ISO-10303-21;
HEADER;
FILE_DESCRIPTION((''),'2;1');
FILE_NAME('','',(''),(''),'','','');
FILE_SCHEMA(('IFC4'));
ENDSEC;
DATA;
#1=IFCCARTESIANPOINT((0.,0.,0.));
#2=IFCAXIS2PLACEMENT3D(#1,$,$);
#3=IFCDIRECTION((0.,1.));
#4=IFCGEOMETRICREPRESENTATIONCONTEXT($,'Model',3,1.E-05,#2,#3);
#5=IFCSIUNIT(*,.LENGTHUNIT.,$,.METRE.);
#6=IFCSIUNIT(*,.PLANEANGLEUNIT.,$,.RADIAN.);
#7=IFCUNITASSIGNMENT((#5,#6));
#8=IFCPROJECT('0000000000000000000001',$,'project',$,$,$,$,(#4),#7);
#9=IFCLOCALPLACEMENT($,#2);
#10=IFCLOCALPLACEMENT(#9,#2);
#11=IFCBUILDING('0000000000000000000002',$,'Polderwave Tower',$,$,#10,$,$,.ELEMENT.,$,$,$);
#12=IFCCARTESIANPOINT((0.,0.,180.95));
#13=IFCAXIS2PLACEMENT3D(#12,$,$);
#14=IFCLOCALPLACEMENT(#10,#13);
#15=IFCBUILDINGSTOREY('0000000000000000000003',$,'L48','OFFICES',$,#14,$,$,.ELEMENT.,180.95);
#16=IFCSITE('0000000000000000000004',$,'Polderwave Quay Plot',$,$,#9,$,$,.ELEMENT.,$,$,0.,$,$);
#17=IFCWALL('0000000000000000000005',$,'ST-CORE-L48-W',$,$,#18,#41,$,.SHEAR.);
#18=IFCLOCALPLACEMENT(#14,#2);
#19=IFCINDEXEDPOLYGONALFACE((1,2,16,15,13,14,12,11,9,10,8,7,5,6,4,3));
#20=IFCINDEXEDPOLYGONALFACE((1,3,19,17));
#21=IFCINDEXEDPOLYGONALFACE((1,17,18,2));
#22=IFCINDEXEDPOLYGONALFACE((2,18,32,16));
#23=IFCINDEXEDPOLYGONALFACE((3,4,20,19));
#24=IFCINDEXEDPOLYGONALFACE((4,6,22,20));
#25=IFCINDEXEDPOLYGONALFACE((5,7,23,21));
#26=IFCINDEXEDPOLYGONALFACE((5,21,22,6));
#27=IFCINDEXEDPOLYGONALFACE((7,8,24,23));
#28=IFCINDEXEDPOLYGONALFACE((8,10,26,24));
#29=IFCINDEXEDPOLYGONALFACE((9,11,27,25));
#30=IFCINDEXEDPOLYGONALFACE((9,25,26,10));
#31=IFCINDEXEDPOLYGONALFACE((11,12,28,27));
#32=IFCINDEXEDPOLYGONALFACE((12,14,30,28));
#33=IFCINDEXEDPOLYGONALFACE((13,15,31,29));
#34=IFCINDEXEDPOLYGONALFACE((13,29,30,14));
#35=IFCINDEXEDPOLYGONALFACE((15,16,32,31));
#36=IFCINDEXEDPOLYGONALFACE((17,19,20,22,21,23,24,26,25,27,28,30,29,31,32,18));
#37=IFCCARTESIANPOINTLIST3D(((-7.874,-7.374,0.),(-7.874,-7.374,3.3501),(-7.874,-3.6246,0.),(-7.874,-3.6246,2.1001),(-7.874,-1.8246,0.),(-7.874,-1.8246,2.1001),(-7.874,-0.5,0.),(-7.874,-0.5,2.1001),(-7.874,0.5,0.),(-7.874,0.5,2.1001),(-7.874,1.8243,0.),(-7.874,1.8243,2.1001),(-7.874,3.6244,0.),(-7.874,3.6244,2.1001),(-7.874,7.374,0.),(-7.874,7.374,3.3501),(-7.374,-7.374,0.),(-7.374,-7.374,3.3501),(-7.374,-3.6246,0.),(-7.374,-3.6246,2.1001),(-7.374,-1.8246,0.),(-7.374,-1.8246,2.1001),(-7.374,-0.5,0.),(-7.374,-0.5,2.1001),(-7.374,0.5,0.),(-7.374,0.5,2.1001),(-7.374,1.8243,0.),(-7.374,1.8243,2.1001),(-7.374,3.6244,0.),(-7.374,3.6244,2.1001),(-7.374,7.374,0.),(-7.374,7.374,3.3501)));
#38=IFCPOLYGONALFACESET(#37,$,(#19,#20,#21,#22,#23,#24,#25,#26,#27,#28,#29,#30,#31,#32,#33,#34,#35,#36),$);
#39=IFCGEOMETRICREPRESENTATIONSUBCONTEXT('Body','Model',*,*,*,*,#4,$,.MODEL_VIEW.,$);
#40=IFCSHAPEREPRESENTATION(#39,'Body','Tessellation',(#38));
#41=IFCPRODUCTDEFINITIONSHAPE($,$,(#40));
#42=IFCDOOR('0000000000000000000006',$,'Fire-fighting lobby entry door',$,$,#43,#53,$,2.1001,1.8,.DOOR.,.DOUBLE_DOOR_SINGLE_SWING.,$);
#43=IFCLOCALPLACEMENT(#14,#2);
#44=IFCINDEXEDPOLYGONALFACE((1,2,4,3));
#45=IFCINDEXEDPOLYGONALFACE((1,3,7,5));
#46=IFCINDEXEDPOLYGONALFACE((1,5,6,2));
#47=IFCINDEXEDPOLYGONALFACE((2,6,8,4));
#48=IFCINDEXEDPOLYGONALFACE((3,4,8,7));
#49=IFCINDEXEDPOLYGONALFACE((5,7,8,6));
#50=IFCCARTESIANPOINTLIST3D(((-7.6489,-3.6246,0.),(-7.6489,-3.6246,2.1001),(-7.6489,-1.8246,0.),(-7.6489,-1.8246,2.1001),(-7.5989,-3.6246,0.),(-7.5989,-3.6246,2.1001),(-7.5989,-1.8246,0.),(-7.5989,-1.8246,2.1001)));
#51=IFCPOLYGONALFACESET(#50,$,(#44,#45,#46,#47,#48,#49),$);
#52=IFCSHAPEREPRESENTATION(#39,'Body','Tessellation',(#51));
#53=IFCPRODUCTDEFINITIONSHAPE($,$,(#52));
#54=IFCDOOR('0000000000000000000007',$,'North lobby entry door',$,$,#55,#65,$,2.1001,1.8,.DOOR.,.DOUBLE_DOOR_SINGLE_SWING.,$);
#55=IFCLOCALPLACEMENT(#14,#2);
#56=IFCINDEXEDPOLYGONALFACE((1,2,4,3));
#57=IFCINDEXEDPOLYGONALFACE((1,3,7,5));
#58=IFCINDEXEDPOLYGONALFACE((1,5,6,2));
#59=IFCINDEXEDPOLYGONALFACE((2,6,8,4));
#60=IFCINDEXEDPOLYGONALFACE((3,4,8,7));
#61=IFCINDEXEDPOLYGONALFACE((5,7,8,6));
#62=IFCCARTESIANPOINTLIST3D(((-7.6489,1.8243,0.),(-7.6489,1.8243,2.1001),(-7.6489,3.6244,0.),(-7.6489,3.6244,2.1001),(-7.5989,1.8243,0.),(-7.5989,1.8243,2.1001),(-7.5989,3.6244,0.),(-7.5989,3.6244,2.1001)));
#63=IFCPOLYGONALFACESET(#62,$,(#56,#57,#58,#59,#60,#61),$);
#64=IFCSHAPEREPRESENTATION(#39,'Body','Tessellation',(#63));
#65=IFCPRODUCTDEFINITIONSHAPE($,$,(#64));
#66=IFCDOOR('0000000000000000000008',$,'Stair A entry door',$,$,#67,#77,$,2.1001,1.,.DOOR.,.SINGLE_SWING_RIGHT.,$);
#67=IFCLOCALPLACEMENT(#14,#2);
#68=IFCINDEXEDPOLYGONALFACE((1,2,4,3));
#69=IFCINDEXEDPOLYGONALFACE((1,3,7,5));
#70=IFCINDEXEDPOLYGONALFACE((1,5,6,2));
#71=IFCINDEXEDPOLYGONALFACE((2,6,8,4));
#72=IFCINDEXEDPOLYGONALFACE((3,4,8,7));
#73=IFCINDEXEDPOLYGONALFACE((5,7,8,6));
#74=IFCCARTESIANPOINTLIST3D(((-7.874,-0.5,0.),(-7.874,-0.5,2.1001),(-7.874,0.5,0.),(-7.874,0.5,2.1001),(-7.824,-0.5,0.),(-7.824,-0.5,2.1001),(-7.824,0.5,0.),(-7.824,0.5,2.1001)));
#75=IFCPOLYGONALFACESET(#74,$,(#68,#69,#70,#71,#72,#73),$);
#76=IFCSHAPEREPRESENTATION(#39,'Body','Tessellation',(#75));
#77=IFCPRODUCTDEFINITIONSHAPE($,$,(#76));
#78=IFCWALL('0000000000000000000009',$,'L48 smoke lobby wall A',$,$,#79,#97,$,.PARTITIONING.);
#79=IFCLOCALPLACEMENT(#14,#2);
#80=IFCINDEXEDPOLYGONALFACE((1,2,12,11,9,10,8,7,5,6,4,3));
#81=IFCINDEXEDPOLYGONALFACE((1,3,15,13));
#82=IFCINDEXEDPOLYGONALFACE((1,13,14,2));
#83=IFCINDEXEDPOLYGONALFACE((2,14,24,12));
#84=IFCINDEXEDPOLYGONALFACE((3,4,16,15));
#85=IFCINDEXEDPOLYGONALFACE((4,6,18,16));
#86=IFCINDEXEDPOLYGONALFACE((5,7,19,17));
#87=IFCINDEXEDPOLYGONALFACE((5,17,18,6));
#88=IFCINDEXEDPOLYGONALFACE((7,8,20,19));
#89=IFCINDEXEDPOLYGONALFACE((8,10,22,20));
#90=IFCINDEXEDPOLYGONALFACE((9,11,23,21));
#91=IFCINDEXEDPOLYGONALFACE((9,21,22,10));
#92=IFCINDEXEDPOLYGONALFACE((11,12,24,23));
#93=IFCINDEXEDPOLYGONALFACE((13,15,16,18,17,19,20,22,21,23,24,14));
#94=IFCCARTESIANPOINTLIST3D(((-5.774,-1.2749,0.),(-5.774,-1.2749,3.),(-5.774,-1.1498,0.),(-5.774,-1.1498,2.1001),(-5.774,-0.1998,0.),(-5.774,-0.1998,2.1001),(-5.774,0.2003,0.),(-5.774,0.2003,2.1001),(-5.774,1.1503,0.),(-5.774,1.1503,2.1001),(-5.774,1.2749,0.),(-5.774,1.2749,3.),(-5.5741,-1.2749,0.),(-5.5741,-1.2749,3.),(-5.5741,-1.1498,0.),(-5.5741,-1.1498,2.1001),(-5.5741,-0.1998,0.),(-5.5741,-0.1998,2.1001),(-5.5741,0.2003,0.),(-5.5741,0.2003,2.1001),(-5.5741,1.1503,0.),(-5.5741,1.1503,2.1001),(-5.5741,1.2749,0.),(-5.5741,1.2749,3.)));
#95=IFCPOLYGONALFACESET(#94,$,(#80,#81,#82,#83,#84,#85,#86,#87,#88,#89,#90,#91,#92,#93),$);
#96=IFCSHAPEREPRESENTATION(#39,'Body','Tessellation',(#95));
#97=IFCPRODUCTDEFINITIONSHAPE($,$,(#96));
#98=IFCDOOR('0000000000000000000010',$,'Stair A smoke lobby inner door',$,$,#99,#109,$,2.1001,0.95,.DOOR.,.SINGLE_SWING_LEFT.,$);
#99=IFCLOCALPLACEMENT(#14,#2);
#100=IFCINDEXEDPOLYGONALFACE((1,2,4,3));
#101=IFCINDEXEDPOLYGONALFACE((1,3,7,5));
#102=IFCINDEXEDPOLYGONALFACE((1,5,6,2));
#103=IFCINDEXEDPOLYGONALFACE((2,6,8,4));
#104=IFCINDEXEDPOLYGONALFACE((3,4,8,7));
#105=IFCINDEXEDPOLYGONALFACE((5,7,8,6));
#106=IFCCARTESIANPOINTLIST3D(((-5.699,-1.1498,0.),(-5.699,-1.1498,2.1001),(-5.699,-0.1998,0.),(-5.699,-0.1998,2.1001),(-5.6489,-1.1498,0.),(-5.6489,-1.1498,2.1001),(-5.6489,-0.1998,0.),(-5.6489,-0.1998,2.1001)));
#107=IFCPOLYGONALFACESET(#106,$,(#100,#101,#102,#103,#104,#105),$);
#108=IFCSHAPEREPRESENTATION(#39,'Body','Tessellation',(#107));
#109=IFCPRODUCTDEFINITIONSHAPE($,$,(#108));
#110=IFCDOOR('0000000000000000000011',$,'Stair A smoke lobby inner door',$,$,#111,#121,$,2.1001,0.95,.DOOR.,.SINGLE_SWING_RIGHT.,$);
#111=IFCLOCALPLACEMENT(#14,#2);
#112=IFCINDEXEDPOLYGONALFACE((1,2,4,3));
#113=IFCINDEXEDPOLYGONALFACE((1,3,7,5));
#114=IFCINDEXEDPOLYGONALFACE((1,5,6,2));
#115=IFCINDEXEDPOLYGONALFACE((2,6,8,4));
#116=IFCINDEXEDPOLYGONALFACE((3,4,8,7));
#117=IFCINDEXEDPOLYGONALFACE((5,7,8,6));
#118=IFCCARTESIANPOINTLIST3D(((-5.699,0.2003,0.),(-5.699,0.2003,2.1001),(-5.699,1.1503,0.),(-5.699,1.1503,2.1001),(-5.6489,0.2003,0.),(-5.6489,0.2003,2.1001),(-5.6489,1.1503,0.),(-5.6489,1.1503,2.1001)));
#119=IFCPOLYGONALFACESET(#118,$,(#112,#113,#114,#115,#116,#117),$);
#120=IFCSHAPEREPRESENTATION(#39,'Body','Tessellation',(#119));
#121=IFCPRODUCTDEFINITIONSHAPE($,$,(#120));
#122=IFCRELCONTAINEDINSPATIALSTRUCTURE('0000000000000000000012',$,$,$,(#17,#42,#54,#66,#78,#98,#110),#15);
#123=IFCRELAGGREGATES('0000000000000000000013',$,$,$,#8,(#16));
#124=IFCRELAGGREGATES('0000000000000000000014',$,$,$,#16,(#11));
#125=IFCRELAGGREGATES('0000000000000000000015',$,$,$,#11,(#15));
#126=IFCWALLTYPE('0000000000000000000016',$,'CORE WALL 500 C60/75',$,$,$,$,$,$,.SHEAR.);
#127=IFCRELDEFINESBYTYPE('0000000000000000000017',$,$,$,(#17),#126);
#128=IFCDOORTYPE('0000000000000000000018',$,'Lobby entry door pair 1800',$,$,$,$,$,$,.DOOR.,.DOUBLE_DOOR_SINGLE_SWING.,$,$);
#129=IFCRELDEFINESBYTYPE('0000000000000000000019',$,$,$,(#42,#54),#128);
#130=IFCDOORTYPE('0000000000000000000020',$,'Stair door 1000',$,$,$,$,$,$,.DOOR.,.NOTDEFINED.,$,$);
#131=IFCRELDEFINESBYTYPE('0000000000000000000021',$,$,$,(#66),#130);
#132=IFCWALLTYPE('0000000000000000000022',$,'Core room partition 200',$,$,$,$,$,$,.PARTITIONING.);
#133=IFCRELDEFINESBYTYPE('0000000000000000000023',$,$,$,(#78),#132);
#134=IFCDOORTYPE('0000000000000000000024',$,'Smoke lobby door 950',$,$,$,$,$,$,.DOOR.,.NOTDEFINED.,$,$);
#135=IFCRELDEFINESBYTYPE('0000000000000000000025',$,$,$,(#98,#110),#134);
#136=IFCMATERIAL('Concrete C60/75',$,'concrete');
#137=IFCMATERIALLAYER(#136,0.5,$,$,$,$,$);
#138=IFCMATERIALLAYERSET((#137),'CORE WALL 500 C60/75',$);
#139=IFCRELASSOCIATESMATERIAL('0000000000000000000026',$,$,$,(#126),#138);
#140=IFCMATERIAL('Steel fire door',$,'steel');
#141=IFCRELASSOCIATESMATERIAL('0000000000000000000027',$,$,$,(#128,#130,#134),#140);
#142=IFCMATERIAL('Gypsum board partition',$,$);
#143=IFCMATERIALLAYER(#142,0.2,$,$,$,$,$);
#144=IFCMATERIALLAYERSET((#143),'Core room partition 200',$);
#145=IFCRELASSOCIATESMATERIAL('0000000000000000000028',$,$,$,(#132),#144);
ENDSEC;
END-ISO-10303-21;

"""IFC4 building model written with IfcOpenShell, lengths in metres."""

from ifc_helpers import new_model, si_unit, direction, frame, frame_2d, origin, place, context, subcontext, project, spatial, rectangle, extrude, material, layer, layer_set, type_object, element, fill, save


model = new_model("IFC4")

# Units and contexts
model_context = context("Model", 3, precision=1e-05, world=origin(), true_north=direction((0.0, 1.0)))
body_context = subcontext(model_context, "Body", "Model", "MODEL_VIEW")
ifc_project = project(units=[si_unit("LENGTHUNIT", "METRE"), si_unit("PLANEANGLEUNIT", "RADIAN")], contexts=[model_context])

# Site, building, storey
site_placement = place(None, origin())
site = spatial("IfcSite", under=ifc_project, at=site_placement, Name="Polderwave Quay Plot", CompositionType="ELEMENT", RefElevation=0.0)
building_placement = place(site_placement, origin())
building = spatial("IfcBuilding", under=site, at=building_placement, Name="Polderwave Tower", CompositionType="ELEMENT")
storey_placement = place(building_placement, frame((0.0, 0.0, 180.95)))
storey = spatial("IfcBuildingStorey", under=building, at=storey_placement, Name="L48", Description="OFFICES", CompositionType="ELEMENT", Elevation=180.95)

# Walls, openings, doors
ifc_material_1 = material(Name="Concrete C60/75", Category="concrete")
ifc_layer_1 = layer(ifc_material_1, 0.5)
ifc_layer_set_1 = layer_set([ifc_layer_1], Name="CORE WALL 500 C60/75")
wall_type_1 = type_object("IfcWallType", Name="CORE WALL 500 C60/75", PredefinedType="SHEAR", material=ifc_layer_set_1)
wall_1_placement = place(storey_placement, frame((-7.624, -7.374, 0.0), z_axis=(0.0, 0.0, 1.0), x_axis=(0.0, 1.0, 0.0)))
wall_1 = element("IfcWall", 1, at=wall_1_placement, inside=storey, type_object=wall_type_1, Name="ST-CORE-L48-W", PredefinedType="SHEAR", context=body_context, shape_type="SweptSolid", body=[
    extrude(rectangle(XDim=14.748, YDim=0.5, at=frame_2d((7.374, 0.0))), origin(), (0.0, 0.0, 1.0), 3.3501),
])
opening_1_placement = place(wall_1_placement, frame((6.874, 0.0, 0.0)))
opening_1 = element("IfcOpeningElement", 2, at=opening_1_placement, cuts=wall_1, PredefinedType="OPENING", context=body_context, shape_type="SweptSolid", body=[
    extrude(rectangle(XDim=1.0, YDim=2.1001, at=frame_2d((0.5, 1.05))), frame((0.0, 0.26, 0.0), z_axis=(0.0, -1.0, 0.0), x_axis=(1.0, 0.0, 0.0)), (0.0, 0.0, 1.0), 0.52),
])
opening_2_placement = place(wall_1_placement, frame((3.7495, 0.0, 0.0)))
opening_2 = element("IfcOpeningElement", 3, at=opening_2_placement, cuts=wall_1, PredefinedType="OPENING", context=body_context, shape_type="SweptSolid", body=[
    extrude(rectangle(XDim=1.8, YDim=2.1001, at=frame_2d((0.8999, 1.05))), frame((0.0, 0.26, 0.0), z_axis=(0.0, -1.0, 0.0), x_axis=(1.0, 0.0, 0.0)), (0.0, 0.0, 1.0), 0.52),
])
opening_3_placement = place(wall_1_placement, frame((9.1985, 0.0, 0.0)))
opening_3 = element("IfcOpeningElement", 4, at=opening_3_placement, cuts=wall_1, PredefinedType="OPENING", context=body_context, shape_type="SweptSolid", body=[
    extrude(rectangle(XDim=1.8, YDim=2.1001, at=frame_2d((0.8999, 1.05))), frame((0.0, 0.26, 0.0), z_axis=(0.0, -1.0, 0.0), x_axis=(1.0, 0.0, 0.0)), (0.0, 0.0, 1.0), 0.52),
])
ifc_material_2 = material(Name="Steel fire door", Category="steel")
door_type_1 = type_object("IfcDoorType", Name="Lobby entry door pair 1800", OperationType="DOUBLE_DOOR_SINGLE_SWING", PredefinedType="DOOR", material=ifc_material_2)
door_1_placement = place(opening_2_placement, origin())
door_1 = element("IfcDoor", 5, at=door_1_placement, inside=storey, type_object=door_type_1, Name="Fire-fighting lobby entry door", OperationType="DOUBLE_DOOR_SINGLE_SWING", OverallHeight=2.1001, OverallWidth=1.8, PredefinedType="DOOR", context=body_context, shape_type="SweptSolid", body=[
    extrude(rectangle(XDim=1.8, YDim=2.1001, at=frame_2d((0.8999, 1.05))), frame((0.0, 0.0249, 0.0), z_axis=(0.0, -1.0, 0.0), x_axis=(1.0, 0.0, 0.0)), (0.0, 0.0, 1.0), 0.05),
])
fill(opening_2, door_1)
door_2_placement = place(opening_3_placement, origin())
door_2 = element("IfcDoor", 6, at=door_2_placement, inside=storey, type_object=door_type_1, Name="North lobby entry door", OperationType="DOUBLE_DOOR_SINGLE_SWING", OverallHeight=2.1001, OverallWidth=1.8, PredefinedType="DOOR", context=body_context, shape_type="SweptSolid", body=[
    extrude(rectangle(XDim=1.8, YDim=2.1001, at=frame_2d((0.8999, 1.05))), frame((0.0, 0.0249, 0.0), z_axis=(0.0, -1.0, 0.0), x_axis=(1.0, 0.0, 0.0)), (0.0, 0.0, 1.0), 0.05),
])
fill(opening_3, door_2)
door_type_2 = type_object("IfcDoorType", Name="Stair door 1000", OperationType="NOTDEFINED", PredefinedType="DOOR", material=ifc_material_2)
door_3_placement = place(opening_1_placement, origin())
door_3 = element("IfcDoor", 7, at=door_3_placement, inside=storey, type_object=door_type_2, Name="Stair A entry door", OperationType="SINGLE_SWING_RIGHT", OverallHeight=2.1001, OverallWidth=1.0, PredefinedType="DOOR", context=body_context, shape_type="SweptSolid", body=[
    extrude(rectangle(XDim=1.0, YDim=2.1001, at=frame_2d((0.5, 1.05))), frame((0.0, 0.25, 0.0), z_axis=(0.0, -1.0, 0.0), x_axis=(1.0, 0.0, 0.0)), (0.0, 0.0, 1.0), 0.05),
])
fill(opening_1, door_3)
ifc_material_3 = material(Name="Gypsum board partition")
ifc_layer_2 = layer(ifc_material_3, 0.2)
ifc_layer_set_2 = layer_set([ifc_layer_2], Name="Core room partition 200")
wall_type_2 = type_object("IfcWallType", Name="Core room partition 200", PredefinedType="PARTITIONING", material=ifc_layer_set_2)
wall_2_placement = place(storey_placement, frame((-5.6741, -1.2749, 0.0), z_axis=(0.0, 0.0, 1.0), x_axis=(0.0, 1.0, 0.0)))
wall_2 = element("IfcWall", 8, at=wall_2_placement, inside=storey, type_object=wall_type_2, Name="L48 smoke lobby wall A", PredefinedType="PARTITIONING", context=body_context, shape_type="SweptSolid", body=[
    extrude(rectangle(XDim=2.5498, YDim=0.2, at=frame_2d((1.2749, 0.0))), origin(), (0.0, 0.0, 1.0), 3.0),
])
opening_4_placement = place(wall_2_placement, frame((0.125, 0.0, 0.0)))
opening_4 = element("IfcOpeningElement", 9, at=opening_4_placement, cuts=wall_2, PredefinedType="OPENING", context=body_context, shape_type="SweptSolid", body=[
    extrude(rectangle(XDim=0.95, YDim=2.1001, at=frame_2d((0.4751, 1.05))), frame((0.0, 0.1099, 0.0), z_axis=(0.0, -1.0, 0.0), x_axis=(1.0, 0.0, 0.0)), (0.0, 0.0, 1.0), 0.22),
])
opening_5_placement = place(wall_2_placement, frame((1.4751, 0.0, 0.0)))
opening_5 = element("IfcOpeningElement", 10, at=opening_5_placement, cuts=wall_2, PredefinedType="OPENING", context=body_context, shape_type="SweptSolid", body=[
    extrude(rectangle(XDim=0.95, YDim=2.1001, at=frame_2d((0.4751, 1.05))), frame((0.0, 0.1099, 0.0), z_axis=(0.0, -1.0, 0.0), x_axis=(1.0, 0.0, 0.0)), (0.0, 0.0, 1.0), 0.22),
])
door_type_3 = type_object("IfcDoorType", Name="Smoke lobby door 950", OperationType="NOTDEFINED", PredefinedType="DOOR", material=ifc_material_2)
door_4_placement = place(opening_4_placement, origin())
door_4 = element("IfcDoor", 11, at=door_4_placement, inside=storey, type_object=door_type_3, Name="Stair A smoke lobby inner door", OperationType="SINGLE_SWING_LEFT", OverallHeight=2.1001, OverallWidth=0.95, PredefinedType="DOOR", context=body_context, shape_type="SweptSolid", body=[
    extrude(rectangle(XDim=0.95, YDim=2.1001, at=frame_2d((0.4751, 1.05))), frame((0.0, 0.0249, 0.0), z_axis=(0.0, -1.0, 0.0), x_axis=(1.0, 0.0, 0.0)), (0.0, 0.0, 1.0), 0.05),
])
fill(opening_4, door_4)
door_5_placement = place(opening_5_placement, origin())
door_5 = element("IfcDoor", 12, at=door_5_placement, inside=storey, type_object=door_type_3, Name="Stair A smoke lobby inner door", OperationType="SINGLE_SWING_RIGHT", OverallHeight=2.1001, OverallWidth=0.95, PredefinedType="DOOR", context=body_context, shape_type="SweptSolid", body=[
    extrude(rectangle(XDim=0.95, YDim=2.1001, at=frame_2d((0.4751, 1.05))), frame((0.0, 0.0249, 0.0), z_axis=(0.0, -1.0, 0.0), x_axis=(1.0, 0.0, 0.0)), (0.0, 0.0, 1.0), 0.05),
])
fill(opening_5, door_5)

save(model, "model.ifc")
